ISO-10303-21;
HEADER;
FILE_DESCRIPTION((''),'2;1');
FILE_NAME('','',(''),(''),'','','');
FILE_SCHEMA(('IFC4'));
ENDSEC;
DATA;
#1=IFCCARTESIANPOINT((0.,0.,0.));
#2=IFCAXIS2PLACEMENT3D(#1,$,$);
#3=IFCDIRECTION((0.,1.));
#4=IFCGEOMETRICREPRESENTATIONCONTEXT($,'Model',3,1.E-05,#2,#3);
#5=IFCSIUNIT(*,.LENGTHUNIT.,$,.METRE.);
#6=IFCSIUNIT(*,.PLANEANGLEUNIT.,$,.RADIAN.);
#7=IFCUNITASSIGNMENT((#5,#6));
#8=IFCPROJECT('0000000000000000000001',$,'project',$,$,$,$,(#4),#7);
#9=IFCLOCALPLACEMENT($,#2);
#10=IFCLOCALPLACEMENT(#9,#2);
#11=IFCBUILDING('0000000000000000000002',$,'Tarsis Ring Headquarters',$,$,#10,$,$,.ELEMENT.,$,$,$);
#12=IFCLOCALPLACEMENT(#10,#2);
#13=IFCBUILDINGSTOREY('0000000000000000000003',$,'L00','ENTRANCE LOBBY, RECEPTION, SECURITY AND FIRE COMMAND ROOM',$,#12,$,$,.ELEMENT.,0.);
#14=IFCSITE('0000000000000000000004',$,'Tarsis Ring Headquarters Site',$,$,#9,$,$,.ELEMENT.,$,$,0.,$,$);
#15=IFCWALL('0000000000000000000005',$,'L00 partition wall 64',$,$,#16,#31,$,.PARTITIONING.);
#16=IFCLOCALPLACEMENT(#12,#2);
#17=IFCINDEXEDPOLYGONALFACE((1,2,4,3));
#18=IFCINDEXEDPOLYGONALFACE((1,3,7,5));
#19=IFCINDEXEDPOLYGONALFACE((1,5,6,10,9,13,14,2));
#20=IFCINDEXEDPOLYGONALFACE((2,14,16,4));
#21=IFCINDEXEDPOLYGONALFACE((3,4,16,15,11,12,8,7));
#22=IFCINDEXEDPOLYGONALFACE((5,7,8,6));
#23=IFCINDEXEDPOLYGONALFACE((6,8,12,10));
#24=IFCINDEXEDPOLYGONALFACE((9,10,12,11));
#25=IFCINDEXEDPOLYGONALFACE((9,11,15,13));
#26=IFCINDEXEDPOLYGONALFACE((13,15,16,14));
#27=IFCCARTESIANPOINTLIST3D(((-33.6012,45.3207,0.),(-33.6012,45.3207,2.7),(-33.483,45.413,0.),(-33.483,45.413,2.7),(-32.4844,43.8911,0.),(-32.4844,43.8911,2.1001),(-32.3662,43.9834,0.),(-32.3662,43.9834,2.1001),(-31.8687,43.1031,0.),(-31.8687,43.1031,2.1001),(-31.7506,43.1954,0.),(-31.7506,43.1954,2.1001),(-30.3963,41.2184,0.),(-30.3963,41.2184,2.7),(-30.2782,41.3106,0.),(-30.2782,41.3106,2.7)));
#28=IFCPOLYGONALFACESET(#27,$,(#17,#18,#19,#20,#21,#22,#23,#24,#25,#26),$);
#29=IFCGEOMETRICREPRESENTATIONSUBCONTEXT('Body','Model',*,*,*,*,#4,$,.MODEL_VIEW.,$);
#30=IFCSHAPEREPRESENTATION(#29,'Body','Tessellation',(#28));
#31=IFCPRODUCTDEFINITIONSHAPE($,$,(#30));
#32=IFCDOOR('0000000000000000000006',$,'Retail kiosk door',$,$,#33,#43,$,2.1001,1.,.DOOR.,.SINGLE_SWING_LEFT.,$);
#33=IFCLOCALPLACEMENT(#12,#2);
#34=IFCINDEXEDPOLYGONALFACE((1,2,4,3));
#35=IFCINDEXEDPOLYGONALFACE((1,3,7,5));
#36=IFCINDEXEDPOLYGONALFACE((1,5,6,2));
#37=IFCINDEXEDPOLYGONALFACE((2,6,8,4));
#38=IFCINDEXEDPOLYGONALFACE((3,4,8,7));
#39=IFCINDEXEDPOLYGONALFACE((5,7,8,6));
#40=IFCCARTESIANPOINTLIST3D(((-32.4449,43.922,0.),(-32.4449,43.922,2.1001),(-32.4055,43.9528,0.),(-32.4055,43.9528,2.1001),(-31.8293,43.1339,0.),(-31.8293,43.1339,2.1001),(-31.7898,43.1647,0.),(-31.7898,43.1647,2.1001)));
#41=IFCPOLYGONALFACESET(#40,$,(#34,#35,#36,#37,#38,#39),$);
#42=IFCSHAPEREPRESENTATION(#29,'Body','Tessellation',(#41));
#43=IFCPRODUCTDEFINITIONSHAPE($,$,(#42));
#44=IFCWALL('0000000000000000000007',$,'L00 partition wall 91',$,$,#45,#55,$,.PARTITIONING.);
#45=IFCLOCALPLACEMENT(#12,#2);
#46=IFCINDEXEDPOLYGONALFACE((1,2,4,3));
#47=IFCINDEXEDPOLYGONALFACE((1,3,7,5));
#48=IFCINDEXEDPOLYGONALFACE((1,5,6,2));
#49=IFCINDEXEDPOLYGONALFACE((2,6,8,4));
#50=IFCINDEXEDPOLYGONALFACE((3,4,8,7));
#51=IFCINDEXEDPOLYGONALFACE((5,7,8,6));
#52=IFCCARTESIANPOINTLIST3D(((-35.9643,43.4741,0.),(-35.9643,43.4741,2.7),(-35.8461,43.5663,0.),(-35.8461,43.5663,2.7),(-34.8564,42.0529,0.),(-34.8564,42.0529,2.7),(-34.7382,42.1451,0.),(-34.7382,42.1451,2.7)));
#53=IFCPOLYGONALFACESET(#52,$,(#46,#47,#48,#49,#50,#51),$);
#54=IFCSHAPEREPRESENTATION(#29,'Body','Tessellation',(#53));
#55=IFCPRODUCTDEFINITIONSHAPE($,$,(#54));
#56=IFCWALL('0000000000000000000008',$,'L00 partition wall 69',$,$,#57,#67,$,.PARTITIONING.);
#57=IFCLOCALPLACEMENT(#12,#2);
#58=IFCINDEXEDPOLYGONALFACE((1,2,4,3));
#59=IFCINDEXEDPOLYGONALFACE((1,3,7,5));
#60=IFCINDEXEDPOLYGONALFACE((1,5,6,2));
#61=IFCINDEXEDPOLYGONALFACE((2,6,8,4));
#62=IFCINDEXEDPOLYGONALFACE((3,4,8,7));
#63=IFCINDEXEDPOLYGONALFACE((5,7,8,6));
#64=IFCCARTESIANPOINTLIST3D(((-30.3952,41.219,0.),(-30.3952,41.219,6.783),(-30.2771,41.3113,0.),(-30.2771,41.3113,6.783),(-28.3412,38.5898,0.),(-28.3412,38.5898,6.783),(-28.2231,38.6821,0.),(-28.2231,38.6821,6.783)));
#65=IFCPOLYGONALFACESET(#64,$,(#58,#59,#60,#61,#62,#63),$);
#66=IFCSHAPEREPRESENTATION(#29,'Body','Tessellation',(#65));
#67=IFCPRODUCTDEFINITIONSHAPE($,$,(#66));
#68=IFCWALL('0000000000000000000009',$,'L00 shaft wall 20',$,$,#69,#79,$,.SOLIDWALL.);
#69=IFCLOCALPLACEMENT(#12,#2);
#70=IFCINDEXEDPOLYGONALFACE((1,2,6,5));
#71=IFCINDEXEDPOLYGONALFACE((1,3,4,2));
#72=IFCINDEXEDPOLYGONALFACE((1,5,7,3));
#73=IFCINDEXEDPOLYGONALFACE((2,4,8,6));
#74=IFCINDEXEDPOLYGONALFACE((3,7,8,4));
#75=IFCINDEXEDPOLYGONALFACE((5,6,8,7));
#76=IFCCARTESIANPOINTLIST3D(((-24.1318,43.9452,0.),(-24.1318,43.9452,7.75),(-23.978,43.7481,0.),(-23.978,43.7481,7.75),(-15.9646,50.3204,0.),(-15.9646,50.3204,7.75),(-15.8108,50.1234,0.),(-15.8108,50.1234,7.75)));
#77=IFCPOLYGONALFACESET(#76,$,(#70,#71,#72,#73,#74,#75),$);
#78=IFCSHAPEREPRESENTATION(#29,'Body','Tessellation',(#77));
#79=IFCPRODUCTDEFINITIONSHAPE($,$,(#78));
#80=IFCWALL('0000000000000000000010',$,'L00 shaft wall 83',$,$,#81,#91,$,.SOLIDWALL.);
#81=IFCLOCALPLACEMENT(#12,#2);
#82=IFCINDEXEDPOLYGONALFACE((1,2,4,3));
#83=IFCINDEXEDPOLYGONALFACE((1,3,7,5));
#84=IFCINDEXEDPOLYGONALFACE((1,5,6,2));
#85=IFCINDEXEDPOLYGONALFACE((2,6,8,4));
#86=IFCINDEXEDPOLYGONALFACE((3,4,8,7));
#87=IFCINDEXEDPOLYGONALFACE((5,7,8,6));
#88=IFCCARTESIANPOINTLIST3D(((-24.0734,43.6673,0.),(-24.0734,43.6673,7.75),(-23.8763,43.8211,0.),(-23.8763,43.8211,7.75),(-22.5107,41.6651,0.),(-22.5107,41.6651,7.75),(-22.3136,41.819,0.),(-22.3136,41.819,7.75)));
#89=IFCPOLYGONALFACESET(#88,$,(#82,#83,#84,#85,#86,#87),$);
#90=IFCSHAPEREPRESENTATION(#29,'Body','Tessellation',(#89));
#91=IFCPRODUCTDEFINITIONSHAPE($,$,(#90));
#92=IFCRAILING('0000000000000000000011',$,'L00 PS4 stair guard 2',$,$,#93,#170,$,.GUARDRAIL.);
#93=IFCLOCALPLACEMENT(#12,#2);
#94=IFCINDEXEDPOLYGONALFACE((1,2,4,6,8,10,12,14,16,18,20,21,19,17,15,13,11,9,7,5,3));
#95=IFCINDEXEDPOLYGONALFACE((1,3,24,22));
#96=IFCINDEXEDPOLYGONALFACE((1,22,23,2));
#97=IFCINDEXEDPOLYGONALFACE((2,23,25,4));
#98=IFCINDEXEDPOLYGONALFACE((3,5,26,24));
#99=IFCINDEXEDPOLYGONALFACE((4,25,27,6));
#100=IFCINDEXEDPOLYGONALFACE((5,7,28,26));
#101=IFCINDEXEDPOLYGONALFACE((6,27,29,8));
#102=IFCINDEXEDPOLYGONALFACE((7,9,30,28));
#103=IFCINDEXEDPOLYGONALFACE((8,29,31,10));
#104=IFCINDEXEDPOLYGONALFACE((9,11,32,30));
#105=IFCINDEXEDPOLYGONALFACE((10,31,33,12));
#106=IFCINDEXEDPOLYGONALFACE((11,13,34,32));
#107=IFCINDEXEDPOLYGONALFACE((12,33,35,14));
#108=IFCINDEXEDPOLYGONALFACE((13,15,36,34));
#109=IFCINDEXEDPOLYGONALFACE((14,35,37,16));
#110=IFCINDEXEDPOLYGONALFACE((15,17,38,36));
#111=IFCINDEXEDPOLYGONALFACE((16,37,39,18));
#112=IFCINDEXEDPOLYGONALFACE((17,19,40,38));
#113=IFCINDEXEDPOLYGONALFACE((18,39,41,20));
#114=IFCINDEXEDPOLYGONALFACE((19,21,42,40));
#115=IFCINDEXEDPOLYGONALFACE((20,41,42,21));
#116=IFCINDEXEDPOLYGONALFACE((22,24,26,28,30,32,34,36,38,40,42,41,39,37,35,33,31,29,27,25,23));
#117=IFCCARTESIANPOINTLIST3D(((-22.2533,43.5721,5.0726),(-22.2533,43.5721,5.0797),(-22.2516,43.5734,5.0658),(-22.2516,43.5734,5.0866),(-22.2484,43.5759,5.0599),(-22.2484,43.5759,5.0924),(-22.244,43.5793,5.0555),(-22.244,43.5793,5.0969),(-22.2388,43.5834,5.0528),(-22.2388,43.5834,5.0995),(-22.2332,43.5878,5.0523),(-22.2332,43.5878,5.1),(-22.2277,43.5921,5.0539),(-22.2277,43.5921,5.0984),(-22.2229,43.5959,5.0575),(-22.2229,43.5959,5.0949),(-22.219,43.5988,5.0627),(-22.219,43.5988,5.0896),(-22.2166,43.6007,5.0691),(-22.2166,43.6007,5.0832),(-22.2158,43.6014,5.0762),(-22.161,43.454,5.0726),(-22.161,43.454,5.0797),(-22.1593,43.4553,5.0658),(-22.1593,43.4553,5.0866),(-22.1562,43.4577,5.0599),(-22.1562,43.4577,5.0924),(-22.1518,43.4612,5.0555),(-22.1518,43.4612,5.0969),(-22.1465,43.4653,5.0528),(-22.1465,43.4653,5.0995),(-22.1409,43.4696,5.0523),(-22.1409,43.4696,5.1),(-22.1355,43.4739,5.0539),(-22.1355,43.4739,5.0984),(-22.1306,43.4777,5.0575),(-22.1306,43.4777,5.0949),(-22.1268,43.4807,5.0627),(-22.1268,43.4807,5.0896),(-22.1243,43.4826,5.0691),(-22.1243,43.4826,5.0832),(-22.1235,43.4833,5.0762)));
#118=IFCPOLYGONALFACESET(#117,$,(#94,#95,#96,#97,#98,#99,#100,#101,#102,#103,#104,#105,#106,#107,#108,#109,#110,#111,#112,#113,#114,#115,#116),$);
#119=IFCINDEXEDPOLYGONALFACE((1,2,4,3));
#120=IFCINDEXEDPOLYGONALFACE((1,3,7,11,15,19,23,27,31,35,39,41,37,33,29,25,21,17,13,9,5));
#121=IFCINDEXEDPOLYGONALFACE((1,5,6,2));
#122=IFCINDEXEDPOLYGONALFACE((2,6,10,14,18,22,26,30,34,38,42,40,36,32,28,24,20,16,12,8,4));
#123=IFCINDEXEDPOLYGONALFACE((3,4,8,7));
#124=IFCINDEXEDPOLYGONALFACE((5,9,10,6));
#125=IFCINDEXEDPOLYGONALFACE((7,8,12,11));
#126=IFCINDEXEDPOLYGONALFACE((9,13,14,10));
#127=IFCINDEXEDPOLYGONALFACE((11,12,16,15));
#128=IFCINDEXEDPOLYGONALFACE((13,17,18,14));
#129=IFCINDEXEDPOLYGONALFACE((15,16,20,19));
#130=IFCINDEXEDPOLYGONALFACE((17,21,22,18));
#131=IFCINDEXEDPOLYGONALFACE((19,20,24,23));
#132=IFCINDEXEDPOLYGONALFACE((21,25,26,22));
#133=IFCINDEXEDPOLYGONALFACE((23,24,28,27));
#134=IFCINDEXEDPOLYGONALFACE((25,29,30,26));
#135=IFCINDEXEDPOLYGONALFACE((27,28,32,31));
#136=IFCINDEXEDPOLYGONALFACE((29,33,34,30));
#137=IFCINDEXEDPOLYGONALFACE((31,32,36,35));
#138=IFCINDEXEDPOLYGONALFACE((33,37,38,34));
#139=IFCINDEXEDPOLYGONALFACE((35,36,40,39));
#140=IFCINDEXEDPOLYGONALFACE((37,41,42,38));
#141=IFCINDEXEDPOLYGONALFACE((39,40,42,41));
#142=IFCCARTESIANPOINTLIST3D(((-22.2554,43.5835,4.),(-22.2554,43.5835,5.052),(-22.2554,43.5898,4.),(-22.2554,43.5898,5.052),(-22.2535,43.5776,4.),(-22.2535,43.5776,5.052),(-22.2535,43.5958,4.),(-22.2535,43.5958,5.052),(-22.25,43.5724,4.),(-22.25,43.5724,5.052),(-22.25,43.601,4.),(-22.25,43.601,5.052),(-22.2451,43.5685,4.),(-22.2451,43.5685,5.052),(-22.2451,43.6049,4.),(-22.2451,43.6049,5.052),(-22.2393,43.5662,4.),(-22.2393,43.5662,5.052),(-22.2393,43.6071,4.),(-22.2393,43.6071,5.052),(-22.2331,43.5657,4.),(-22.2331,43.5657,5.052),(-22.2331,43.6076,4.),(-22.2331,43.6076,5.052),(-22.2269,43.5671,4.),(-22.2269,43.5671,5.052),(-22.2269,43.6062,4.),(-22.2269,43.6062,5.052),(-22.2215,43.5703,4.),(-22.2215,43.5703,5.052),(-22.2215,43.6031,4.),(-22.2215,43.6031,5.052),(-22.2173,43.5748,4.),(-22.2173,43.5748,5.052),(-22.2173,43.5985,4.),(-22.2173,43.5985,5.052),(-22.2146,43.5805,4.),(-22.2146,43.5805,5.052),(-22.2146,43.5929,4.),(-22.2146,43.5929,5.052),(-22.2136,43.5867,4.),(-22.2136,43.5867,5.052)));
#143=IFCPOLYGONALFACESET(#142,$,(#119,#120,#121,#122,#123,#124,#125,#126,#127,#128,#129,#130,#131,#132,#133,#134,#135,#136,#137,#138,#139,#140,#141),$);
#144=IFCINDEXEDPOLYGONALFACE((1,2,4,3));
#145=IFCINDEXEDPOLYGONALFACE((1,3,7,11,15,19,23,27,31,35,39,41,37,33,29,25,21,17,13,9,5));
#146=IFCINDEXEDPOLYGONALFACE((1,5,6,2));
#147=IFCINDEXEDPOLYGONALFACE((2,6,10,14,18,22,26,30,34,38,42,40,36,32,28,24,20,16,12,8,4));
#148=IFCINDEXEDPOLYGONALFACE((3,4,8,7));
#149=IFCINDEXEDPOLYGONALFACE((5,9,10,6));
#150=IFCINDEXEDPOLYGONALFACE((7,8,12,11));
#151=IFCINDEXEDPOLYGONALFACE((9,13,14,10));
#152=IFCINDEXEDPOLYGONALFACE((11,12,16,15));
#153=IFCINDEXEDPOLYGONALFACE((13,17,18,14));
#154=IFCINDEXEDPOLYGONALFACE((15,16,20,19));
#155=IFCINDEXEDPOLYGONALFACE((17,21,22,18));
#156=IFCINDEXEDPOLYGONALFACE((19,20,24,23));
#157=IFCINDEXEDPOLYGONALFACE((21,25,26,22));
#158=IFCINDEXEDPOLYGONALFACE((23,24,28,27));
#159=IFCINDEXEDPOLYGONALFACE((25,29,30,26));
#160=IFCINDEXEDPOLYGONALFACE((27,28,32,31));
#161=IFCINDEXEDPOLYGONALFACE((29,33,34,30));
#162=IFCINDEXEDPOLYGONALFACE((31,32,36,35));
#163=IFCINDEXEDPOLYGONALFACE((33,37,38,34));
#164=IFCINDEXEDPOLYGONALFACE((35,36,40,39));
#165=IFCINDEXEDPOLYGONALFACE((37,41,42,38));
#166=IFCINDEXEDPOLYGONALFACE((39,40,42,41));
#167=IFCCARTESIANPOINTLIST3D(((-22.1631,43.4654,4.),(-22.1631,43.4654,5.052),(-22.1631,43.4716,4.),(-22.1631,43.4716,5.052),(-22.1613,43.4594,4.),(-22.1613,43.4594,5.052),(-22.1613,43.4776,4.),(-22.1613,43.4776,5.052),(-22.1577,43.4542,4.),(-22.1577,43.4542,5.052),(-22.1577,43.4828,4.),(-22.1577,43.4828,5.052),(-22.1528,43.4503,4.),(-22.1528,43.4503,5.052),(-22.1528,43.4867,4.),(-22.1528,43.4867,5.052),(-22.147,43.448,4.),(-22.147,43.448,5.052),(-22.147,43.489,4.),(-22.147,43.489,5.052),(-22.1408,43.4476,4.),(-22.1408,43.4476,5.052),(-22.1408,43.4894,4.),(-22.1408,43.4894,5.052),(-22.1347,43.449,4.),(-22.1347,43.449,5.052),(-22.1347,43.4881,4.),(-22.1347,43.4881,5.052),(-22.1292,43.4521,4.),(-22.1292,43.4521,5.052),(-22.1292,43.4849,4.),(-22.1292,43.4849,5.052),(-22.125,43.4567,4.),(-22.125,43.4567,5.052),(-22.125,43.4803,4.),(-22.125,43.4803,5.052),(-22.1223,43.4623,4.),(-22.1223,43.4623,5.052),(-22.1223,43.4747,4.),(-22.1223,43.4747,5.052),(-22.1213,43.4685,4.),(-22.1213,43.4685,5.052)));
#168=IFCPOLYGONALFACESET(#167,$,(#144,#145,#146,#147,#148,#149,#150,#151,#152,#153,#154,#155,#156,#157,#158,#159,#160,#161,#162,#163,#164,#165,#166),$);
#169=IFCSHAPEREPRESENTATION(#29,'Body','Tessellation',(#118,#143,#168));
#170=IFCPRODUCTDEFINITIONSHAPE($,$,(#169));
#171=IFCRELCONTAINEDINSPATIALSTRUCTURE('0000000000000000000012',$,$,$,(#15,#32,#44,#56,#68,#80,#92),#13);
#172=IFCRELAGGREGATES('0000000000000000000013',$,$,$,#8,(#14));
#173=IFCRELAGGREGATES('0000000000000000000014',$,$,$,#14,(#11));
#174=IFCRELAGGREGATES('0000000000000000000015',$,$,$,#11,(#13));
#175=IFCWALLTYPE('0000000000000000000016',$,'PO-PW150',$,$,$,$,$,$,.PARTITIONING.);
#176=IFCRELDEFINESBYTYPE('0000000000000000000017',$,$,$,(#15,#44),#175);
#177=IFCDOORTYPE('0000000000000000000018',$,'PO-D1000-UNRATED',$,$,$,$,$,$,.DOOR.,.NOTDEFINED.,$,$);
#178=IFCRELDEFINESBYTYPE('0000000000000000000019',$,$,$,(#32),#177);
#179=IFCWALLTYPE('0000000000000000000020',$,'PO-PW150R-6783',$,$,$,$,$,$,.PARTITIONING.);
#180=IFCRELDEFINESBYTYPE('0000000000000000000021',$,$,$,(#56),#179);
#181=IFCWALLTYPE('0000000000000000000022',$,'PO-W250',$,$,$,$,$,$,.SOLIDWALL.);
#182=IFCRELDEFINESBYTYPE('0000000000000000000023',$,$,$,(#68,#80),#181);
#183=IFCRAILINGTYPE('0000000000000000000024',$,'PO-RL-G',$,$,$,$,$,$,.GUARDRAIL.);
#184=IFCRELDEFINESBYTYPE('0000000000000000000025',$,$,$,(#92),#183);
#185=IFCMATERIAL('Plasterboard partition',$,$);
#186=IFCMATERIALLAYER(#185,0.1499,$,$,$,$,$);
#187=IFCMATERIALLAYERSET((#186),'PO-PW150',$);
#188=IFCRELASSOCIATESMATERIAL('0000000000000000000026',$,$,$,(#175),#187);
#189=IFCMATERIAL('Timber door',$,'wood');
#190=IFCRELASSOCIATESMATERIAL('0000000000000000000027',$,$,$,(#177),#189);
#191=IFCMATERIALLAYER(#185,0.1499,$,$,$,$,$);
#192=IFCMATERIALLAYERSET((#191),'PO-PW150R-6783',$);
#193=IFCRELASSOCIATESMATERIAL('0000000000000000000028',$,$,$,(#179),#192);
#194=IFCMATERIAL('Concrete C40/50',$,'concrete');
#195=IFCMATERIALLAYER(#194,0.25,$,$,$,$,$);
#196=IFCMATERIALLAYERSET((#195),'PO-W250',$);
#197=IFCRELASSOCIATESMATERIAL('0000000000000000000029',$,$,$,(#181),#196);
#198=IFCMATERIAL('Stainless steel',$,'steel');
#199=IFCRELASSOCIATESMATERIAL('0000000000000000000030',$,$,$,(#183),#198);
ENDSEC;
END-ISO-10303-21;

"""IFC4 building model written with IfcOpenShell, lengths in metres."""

from ifc_helpers import new_model, si_unit, direction, frame, frame_2d, origin, origin_2d, place, context, subcontext, project, spatial, rectangle, circle, extrude, material, layer, layer_set, type_object, element, fill, save


model = new_model("IFC4")

# Units and contexts
model_context = context("Model", 3, precision=1e-05, world=origin(), true_north=direction((0.0, 1.0)))
body_context = subcontext(model_context, "Body", "Model", "MODEL_VIEW")
ifc_project = project(units=[si_unit("LENGTHUNIT", "METRE"), si_unit("PLANEANGLEUNIT", "RADIAN")], contexts=[model_context])

# Site, building, storey
site_placement = place(None, origin())
site = spatial("IfcSite", under=ifc_project, at=site_placement, Name="Tarsis Ring Headquarters Site", CompositionType="ELEMENT", RefElevation=0.0)
building_placement = place(site_placement, origin())
building = spatial("IfcBuilding", under=site, at=building_placement, Name="Tarsis Ring Headquarters", CompositionType="ELEMENT")
storey_placement = place(building_placement, origin())
storey = spatial("IfcBuildingStorey", under=building, at=storey_placement, Name="L00", Description="ENTRANCE LOBBY, RECEPTION, SECURITY AND FIRE COMMAND ROOM", CompositionType="ELEMENT", Elevation=0.0)

# Shared definitions
ifc_material_1 = material(Name="Concrete C40/50", Category="concrete")

# Wall, opening, door
ifc_material_2 = material(Name="Plasterboard partition")
ifc_layer_1 = layer(ifc_material_2, 0.1499)
ifc_layer_set_1 = layer_set([ifc_layer_1], Name="PO-PW150")
wall_type_1 = type_object("IfcWallType", Name="PO-PW150", PredefinedType="PARTITIONING", material=ifc_layer_set_1)
wall_1_placement = place(storey_placement, frame((-30.3372, 41.2644, 0.0), z_axis=(0.0, 0.0, 1.0), x_axis=(-0.615634, 0.788032, 0.0)))
wall_1 = element("IfcWall", 1, at=wall_1_placement, inside=storey, type_object=wall_type_1, Name="L00 partition wall 64", PredefinedType="PARTITIONING", context=body_context, shape_type="SweptSolid", body=[
    extrude(rectangle(XDim=5.2058, YDim=0.1499, at=frame_2d((2.603, 0.0))), origin(), (0.0, 0.0, 1.0), 2.7),
])
opening_placement = place(wall_1_placement, frame((2.3918, 0.0, 0.0)))
opening = element("IfcOpeningElement", 2, at=opening_placement, cuts=wall_1, PredefinedType="OPENING", context=body_context, shape_type="SweptSolid", body=[
    extrude(rectangle(XDim=1.0, YDim=2.1001, at=frame_2d((0.5, 1.05))), frame((0.0, 0.085, 0.0), z_axis=(0.0, -1.0, 0.0), x_axis=(1.0, 0.0, 0.0)), (0.0, 0.0, 1.0), 0.1699),
])
ifc_material_3 = material(Name="Timber door", Category="wood")
door_type = type_object("IfcDoorType", Name="PO-D1000-UNRATED", OperationType="NOTDEFINED", PredefinedType="DOOR", material=ifc_material_3)
door_placement = place(opening_placement, origin())
door = element("IfcDoor", 3, at=door_placement, inside=storey, type_object=door_type, Name="Retail kiosk door", OperationType="SINGLE_SWING_LEFT", OverallHeight=2.1001, OverallWidth=1.0, PredefinedType="DOOR", context=body_context, shape_type="SweptSolid", body=[
    extrude(rectangle(XDim=1.0, YDim=2.1001, at=frame_2d((0.5, 1.05))), frame((0.0, 0.0249, 0.0), z_axis=(0.0, -1.0, 0.0), x_axis=(1.0, 0.0, 0.0)), (0.0, 0.0, 1.0), 0.05),
])
fill(opening, door)

# Walls
wall_2_placement = place(storey_placement, frame((-34.7974, 42.0991, 0.0), z_axis=(0.0, 0.0, 1.0), x_axis=(-0.614831, 0.788659, 0.0)))
element("IfcWall", 4, at=wall_2_placement, inside=storey, type_object=wall_type_1, Name="L00 partition wall 91", PredefinedType="PARTITIONING", context=body_context, shape_type="SweptSolid", body=[
    extrude(rectangle(XDim=1.802, YDim=0.1499, at=frame_2d((0.9009, 0.0))), origin(), (0.0, 0.0, 1.0), 2.7),
])
ifc_layer_2 = layer(ifc_material_2, 0.1499)
ifc_layer_set_2 = layer_set([ifc_layer_2], Name="PO-PW150R-6783")
wall_type_2 = type_object("IfcWallType", Name="PO-PW150R-6783", PredefinedType="PARTITIONING", material=ifc_layer_set_2)
wall_3_placement = place(storey_placement, frame((-30.3362, 41.2651, 0.0), z_axis=(0.0, 0.0, 1.0), x_axis=(0.615631, -0.788034, 0.0)))
element("IfcWall", 5, at=wall_3_placement, inside=storey, type_object=wall_type_2, Name="L00 partition wall 69", PredefinedType="PARTITIONING", context=body_context, shape_type="SweptSolid", body=[
    extrude(rectangle(XDim=3.3364, YDim=0.1499, at=frame_2d((1.6682, 0.0))), origin(), (0.0, 0.0, 1.0), 6.783),
])
ifc_layer_3 = layer(ifc_material_1, 0.25)
ifc_layer_set_3 = layer_set([ifc_layer_3], Name="PO-W250")
wall_type_3 = type_object("IfcWallType", Name="PO-W250", PredefinedType="SOLIDWALL", material=ifc_layer_set_3)
wall_4_placement = place(storey_placement, frame((-24.0549, 43.8467, 0.0), z_axis=(0.0, 0.0, 1.0), x_axis=(0.788278, 0.61532, 0.0)))
element("IfcWall", 6, at=wall_4_placement, inside=storey, type_object=wall_type_3, Name="L00 shaft wall 20", PredefinedType="SOLIDWALL", context=body_context, shape_type="SweptSolid", body=[
    extrude(rectangle(XDim=10.3608, YDim=0.25, at=frame_2d((5.1804, 0.0))), origin(), (0.0, 0.0, 1.0), 7.75),
])
wall_5_placement = place(storey_placement, frame((-22.4121, 41.7419, 0.0), z_axis=(0.0, 0.0, 1.0), x_axis=(-0.615284, 0.788306, 0.0)))
element("IfcWall", 7, at=wall_5_placement, inside=storey, type_object=wall_type_3, Name="L00 shaft wall 83", PredefinedType="SOLIDWALL", context=body_context, shape_type="SweptSolid", body=[
    extrude(rectangle(XDim=2.5398, YDim=0.25, at=frame_2d((1.27, 0.0))), origin(), (0.0, 0.0, 1.0), 7.75),
])

# Railing
ifc_material_4 = material(Name="Stainless steel", Category="steel")
railing_type_1 = type_object("IfcRailingType", Name="PO-RL-G", PredefinedType="GUARDRAIL", material=ifc_material_4)
railing_1_placement = place(storey_placement, frame((-22.2346, 43.5867, 4.0)))
element("IfcRailing", 8, at=railing_1_placement, inside=storey, type_object=railing_type_1, Name="L00 PS4 stair guard 2", PredefinedType="GUARDRAIL", context=body_context, shape_type="SweptSolid", body=[
    extrude(circle(Radius=0.0239, at=origin_2d()), frame((0.0, 0.0, 1.0762), z_axis=(0.615518, -0.788123, 0.0), x_axis=(0.788123, 0.615518, 0.0)), (0.0, 0.0, 1.0), 0.1499),
    extrude(circle(Radius=0.021, at=origin_2d()), origin(), (0.0, 0.0, 1.0), 1.052),
    extrude(circle(Radius=0.021, at=origin_2d()), frame((0.0923, -0.1182, 0.0)), (0.0, 0.0, 1.0), 1.052),
])

save(model, "model.ifc")
